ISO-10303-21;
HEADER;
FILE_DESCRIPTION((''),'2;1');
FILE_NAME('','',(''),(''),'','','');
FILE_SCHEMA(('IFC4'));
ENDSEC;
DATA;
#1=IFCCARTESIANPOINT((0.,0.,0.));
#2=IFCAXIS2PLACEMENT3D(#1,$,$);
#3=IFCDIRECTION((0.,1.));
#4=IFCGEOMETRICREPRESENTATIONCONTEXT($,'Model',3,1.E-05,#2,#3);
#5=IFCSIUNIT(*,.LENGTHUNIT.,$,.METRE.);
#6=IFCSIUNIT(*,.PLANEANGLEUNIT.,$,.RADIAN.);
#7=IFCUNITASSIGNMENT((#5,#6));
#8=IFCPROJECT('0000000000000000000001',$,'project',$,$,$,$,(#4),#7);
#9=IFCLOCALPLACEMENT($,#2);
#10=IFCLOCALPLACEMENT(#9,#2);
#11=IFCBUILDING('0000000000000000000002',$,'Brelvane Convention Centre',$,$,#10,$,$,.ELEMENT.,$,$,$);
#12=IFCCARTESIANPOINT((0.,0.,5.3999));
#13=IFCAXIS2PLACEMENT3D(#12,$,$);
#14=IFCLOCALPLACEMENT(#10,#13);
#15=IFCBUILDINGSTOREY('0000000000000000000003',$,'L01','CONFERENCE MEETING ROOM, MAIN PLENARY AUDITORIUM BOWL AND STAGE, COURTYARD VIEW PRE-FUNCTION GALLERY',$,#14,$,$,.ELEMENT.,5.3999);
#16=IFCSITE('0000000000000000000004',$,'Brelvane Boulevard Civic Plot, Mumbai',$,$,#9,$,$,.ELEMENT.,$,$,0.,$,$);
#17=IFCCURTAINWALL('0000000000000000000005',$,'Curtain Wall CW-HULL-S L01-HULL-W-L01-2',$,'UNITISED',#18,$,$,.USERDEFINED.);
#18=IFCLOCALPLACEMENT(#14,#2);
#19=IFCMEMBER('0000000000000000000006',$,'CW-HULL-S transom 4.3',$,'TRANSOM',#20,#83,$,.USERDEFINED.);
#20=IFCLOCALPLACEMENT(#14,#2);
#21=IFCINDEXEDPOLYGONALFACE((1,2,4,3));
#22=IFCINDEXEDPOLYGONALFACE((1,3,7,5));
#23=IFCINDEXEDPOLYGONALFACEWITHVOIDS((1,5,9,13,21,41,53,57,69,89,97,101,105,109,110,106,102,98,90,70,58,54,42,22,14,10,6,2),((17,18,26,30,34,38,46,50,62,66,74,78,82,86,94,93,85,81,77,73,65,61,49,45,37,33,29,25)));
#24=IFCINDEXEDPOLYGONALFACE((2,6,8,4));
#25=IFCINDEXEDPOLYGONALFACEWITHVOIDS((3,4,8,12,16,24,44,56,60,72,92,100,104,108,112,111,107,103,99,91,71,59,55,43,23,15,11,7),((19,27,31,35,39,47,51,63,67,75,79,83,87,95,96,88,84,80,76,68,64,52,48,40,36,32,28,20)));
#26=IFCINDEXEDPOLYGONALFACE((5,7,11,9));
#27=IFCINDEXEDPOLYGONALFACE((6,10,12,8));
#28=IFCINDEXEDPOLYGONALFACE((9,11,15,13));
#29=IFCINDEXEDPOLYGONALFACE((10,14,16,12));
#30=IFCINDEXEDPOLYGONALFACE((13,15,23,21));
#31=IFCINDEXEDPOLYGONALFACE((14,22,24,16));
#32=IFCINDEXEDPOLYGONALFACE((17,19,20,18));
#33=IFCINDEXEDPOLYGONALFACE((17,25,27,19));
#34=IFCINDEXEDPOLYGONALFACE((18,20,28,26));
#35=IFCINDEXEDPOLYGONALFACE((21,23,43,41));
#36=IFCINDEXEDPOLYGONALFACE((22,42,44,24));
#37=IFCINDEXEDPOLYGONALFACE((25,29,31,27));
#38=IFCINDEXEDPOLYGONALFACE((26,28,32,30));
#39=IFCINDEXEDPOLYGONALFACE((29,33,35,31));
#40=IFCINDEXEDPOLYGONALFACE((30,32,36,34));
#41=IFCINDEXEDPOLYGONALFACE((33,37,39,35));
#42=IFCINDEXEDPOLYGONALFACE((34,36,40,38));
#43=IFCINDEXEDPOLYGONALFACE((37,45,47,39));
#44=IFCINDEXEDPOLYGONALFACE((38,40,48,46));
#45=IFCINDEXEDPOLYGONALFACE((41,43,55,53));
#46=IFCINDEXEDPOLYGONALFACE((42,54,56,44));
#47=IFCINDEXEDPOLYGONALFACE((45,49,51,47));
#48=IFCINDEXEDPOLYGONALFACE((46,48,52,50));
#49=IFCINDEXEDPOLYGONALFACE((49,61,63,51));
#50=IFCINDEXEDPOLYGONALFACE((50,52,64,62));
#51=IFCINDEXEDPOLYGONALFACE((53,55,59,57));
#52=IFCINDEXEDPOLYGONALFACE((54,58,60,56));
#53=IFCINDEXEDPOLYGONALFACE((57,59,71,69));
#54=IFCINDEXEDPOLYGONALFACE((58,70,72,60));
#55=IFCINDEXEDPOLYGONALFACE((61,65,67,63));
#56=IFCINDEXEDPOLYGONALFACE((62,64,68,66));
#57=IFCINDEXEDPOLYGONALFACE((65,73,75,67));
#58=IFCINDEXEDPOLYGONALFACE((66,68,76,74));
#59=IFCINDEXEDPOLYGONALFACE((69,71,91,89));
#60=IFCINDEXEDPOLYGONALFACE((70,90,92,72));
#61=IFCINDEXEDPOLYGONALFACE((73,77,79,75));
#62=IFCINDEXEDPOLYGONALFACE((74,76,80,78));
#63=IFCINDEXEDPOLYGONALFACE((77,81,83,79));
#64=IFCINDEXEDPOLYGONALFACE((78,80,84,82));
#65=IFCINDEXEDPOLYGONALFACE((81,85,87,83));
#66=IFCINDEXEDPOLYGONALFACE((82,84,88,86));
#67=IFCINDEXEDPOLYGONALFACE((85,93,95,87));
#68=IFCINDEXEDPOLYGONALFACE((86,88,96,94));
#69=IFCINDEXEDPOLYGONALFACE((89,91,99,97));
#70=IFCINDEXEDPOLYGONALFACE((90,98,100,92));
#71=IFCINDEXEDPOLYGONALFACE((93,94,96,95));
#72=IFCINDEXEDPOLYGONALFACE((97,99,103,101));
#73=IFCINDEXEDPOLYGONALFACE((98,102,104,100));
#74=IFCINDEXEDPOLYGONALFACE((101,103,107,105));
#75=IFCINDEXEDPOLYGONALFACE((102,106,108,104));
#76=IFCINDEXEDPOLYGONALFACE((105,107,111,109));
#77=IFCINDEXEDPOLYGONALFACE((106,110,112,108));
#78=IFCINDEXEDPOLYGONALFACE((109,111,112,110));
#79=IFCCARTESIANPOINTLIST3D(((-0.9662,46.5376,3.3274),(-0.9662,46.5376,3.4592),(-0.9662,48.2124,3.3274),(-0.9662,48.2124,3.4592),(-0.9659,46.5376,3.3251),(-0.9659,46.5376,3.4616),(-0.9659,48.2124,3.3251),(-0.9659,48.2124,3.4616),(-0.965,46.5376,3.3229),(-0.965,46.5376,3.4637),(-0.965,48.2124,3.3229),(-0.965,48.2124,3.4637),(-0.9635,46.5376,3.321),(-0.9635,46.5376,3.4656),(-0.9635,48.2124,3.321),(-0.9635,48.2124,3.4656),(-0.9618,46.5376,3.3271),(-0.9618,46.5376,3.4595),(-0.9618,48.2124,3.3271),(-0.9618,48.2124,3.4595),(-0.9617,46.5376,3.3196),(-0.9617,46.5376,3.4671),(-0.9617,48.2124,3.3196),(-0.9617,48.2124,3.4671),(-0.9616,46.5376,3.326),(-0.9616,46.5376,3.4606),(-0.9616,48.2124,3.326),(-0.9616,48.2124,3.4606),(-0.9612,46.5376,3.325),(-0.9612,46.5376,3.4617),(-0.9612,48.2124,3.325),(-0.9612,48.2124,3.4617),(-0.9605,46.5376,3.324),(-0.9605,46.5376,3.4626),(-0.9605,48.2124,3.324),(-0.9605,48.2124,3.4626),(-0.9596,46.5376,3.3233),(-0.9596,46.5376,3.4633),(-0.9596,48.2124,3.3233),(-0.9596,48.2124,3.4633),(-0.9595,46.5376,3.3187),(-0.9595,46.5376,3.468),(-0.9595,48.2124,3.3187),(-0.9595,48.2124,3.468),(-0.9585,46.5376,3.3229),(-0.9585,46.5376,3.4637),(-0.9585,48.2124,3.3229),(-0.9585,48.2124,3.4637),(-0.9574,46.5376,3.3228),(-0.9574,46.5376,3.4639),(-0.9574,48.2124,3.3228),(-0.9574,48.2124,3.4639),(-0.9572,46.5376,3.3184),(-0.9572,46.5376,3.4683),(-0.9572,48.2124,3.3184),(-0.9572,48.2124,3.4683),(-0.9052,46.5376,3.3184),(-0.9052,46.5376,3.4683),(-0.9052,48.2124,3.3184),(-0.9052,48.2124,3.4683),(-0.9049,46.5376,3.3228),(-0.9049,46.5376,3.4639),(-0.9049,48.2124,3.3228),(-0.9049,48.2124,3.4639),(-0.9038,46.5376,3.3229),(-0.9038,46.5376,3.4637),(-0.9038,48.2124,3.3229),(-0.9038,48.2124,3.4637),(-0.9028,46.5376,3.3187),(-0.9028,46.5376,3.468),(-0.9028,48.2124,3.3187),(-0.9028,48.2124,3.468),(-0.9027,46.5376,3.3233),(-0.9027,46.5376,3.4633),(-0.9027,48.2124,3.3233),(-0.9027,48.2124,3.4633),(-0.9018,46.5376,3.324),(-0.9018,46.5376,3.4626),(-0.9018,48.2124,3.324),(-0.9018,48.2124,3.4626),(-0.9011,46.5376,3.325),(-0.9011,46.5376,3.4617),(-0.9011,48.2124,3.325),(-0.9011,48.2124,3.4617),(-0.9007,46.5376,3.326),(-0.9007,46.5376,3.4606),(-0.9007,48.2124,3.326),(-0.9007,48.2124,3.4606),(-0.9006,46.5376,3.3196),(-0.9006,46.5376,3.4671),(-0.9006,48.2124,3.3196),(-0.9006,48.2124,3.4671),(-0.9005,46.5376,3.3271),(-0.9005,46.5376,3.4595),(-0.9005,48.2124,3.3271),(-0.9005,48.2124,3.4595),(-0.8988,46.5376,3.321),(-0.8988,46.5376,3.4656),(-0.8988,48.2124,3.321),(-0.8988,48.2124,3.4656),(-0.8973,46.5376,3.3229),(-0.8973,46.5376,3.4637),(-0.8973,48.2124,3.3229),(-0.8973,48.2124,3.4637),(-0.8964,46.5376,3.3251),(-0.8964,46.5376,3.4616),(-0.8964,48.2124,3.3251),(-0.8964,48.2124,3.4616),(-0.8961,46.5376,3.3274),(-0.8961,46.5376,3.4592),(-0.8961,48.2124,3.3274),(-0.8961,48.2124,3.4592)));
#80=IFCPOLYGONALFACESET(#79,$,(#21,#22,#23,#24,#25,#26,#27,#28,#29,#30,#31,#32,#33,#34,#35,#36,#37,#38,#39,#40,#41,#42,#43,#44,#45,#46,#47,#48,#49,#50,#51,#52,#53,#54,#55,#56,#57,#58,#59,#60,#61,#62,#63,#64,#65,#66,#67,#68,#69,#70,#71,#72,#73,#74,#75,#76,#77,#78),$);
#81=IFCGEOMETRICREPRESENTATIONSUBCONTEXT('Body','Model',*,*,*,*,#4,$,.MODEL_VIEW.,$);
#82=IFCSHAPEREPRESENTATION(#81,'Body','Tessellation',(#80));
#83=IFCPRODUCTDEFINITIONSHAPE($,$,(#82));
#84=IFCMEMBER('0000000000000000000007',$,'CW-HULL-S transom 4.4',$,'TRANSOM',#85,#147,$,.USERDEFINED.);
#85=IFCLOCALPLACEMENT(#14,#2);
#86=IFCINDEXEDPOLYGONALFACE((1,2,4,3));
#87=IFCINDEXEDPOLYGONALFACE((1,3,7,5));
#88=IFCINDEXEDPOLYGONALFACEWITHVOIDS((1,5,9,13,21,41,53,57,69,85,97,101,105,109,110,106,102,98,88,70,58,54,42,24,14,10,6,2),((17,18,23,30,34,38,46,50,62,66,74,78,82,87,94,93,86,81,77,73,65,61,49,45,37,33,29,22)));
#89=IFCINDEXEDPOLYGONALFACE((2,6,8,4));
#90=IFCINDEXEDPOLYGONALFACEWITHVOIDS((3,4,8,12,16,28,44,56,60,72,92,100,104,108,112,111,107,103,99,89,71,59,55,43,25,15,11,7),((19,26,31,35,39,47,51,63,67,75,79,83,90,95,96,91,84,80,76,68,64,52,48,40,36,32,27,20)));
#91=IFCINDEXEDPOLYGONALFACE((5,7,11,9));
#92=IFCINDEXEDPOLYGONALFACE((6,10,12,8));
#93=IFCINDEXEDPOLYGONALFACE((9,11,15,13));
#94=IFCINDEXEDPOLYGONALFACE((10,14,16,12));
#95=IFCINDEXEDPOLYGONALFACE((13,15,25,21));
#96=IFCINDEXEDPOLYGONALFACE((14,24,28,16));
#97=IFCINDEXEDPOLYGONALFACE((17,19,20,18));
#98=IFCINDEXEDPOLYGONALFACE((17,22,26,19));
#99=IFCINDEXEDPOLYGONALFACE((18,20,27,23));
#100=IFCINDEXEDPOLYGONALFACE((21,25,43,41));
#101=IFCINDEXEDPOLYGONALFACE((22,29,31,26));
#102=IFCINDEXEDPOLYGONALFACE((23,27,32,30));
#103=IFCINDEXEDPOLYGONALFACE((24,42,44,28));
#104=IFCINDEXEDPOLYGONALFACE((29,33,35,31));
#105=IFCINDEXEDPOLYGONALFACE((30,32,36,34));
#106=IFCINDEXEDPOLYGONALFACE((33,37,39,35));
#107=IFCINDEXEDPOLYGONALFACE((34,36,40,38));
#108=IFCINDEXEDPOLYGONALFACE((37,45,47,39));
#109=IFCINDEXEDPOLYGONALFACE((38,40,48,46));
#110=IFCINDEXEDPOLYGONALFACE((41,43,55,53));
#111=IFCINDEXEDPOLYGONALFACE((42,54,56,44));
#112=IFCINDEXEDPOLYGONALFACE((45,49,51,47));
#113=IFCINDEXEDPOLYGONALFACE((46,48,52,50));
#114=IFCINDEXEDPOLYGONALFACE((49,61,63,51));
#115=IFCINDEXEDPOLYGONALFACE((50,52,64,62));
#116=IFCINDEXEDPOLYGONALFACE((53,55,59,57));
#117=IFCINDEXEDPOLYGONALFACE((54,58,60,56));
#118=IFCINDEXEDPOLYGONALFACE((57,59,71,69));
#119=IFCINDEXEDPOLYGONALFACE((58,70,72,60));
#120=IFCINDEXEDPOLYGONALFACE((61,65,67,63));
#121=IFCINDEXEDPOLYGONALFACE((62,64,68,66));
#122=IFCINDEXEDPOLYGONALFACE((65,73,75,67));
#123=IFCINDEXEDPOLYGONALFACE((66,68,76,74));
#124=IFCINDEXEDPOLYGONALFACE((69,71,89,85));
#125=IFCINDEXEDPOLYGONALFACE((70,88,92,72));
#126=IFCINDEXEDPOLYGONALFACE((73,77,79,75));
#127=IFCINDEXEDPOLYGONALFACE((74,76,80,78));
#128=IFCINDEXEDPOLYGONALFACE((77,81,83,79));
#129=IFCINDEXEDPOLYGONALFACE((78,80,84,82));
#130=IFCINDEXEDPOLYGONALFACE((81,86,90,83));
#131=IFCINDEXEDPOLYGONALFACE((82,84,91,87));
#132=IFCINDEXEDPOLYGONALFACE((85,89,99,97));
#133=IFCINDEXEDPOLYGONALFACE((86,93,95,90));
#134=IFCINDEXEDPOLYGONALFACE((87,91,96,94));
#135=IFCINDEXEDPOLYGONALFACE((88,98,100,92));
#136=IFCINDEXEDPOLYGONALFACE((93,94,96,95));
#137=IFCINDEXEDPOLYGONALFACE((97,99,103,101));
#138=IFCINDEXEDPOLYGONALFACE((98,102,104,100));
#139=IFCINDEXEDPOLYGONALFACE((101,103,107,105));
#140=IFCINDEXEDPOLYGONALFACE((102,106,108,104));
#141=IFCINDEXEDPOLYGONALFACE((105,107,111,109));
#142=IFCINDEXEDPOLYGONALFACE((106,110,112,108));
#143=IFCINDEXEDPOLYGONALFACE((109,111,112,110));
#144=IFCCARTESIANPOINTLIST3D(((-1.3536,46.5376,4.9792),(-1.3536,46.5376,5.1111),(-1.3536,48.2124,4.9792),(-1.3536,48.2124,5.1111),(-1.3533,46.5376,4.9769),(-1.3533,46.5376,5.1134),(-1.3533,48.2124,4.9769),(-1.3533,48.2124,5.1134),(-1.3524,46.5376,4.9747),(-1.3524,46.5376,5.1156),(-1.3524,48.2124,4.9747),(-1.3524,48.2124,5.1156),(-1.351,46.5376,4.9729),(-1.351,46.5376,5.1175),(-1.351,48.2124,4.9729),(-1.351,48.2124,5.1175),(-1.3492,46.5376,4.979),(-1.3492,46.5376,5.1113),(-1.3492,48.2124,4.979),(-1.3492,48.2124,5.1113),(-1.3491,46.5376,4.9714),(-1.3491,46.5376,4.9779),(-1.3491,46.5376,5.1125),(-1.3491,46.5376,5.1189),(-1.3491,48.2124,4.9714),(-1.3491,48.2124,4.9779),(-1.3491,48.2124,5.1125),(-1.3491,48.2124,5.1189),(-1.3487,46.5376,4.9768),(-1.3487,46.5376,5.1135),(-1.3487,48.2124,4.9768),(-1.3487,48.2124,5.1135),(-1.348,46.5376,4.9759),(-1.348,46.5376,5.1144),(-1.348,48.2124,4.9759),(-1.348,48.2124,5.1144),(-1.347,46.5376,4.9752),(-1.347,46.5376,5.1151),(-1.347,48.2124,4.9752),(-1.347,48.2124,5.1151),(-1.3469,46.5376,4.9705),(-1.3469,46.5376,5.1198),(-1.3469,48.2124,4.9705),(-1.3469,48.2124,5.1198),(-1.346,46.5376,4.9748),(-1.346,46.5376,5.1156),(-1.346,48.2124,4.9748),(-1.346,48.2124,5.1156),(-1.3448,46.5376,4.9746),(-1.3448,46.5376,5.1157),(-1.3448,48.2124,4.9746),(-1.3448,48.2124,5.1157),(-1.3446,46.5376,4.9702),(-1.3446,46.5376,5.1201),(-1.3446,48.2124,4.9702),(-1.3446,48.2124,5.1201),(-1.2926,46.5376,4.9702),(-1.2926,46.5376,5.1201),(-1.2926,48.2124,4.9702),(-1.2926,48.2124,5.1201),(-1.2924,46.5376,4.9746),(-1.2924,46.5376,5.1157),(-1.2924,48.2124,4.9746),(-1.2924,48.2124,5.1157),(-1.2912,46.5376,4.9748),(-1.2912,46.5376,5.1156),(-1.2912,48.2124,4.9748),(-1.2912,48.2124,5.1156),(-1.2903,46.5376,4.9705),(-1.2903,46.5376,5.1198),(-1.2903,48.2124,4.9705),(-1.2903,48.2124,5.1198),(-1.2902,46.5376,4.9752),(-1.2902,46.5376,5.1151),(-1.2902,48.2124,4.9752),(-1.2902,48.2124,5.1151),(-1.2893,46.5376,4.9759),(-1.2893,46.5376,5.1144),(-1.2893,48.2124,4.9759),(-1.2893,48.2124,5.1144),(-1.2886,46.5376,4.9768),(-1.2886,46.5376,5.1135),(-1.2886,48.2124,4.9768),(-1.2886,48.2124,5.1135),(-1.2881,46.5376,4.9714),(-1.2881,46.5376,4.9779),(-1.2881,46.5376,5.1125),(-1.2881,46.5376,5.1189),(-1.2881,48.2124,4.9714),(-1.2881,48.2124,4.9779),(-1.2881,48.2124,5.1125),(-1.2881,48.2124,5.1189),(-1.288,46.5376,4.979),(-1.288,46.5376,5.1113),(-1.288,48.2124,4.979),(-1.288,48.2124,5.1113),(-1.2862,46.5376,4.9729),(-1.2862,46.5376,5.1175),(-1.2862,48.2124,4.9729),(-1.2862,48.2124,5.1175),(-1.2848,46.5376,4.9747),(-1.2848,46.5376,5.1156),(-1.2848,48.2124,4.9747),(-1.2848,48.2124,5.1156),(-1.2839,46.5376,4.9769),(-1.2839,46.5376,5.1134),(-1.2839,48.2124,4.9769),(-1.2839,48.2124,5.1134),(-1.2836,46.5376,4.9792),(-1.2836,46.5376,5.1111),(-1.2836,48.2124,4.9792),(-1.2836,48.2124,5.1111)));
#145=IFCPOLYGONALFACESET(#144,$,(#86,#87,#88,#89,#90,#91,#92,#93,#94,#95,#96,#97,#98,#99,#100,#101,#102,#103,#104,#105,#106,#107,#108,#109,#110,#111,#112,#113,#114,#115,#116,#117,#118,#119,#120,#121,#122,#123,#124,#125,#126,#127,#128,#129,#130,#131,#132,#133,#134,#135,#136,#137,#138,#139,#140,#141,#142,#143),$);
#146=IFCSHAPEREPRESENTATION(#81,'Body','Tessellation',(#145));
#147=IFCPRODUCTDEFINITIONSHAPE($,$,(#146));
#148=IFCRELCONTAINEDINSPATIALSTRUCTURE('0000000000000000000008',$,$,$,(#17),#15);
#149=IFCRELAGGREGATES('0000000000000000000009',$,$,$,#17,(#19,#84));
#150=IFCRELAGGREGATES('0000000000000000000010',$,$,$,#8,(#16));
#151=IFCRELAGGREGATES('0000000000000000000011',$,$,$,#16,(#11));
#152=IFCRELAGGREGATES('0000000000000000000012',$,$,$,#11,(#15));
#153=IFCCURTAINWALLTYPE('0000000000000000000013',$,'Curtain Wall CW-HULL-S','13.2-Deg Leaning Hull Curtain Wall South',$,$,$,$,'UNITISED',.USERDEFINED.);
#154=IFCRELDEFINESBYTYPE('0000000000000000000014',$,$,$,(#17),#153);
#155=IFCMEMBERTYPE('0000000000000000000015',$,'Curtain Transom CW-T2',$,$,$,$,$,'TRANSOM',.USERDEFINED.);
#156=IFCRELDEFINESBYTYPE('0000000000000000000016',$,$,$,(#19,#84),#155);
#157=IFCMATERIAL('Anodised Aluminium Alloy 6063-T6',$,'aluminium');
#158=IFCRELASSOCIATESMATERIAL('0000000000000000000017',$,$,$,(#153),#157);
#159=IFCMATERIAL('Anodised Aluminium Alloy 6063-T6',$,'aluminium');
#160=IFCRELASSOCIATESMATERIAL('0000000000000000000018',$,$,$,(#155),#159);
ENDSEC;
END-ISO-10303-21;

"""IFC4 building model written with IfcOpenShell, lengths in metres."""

from ifc_helpers import new_model, si_unit, direction, frame, origin, origin_2d, place, context, subcontext, project, spatial, hollow_rectangle, extrude, material, material_profile, profile_set, type_object, element, aggregate, save


model = new_model("IFC4")

# Units and contexts
model_context = context("Model", 3, precision=1e-05, world=origin(), true_north=direction((0.0, 1.0)))
body_context = subcontext(model_context, "Body", "Model", "MODEL_VIEW")
ifc_project = project(units=[si_unit("LENGTHUNIT", "METRE"), si_unit("PLANEANGLEUNIT", "RADIAN")], contexts=[model_context])

# Site, building, storey
site_placement = place(None, origin())
site = spatial("IfcSite", under=ifc_project, at=site_placement, Name="Brelvane Boulevard Civic Plot, Mumbai", CompositionType="ELEMENT", RefElevation=0.0)
building_placement = place(site_placement, origin())
building = spatial("IfcBuilding", under=site, at=building_placement, Name="Brelvane Convention Centre", CompositionType="ELEMENT")
storey_placement = place(building_placement, frame((0.0, 0.0, 5.3999)))
storey = spatial("IfcBuildingStorey", under=building, at=storey_placement, Name="L01", Description="CONFERENCE MEETING ROOM, MAIN PLENARY AUDITORIUM BOWL AND STAGE, COURTYARD VIEW PRE-FUNCTION GALLERY", CompositionType="ELEMENT", Elevation=5.3999)

# Curtain wall, members
ifc_material_1 = material(Name="Anodised Aluminium Alloy 6063-T6", Category="aluminium")
curtain_wall_type = type_object("IfcCurtainWallType", Name="Curtain Wall CW-HULL-S", Description="13.2-Deg Leaning Hull Curtain Wall South", ElementType="UNITISED", PredefinedType="USERDEFINED", material=ifc_material_1)
curtain_wall_placement = place(storey_placement, origin())
curtain_wall = element("IfcCurtainWall", 1, at=curtain_wall_placement, inside=storey, type_object=curtain_wall_type, Name="Curtain Wall CW-HULL-S L01-HULL-W-L01-2", ObjectType="UNITISED", PredefinedType="USERDEFINED")
ifc_material_2 = material(Name="Anodised Aluminium Alloy 6063-T6", Category="aluminium")
ifc_material_profile_1 = material_profile(ifc_material_2, hollow_rectangle(XDim=0.0701, YDim=0.1499, WallThickness=0.0044, InnerFilletRadius=0.0044, OuterFilletRadius=0.009, at=origin_2d()), Name="ALU-T 150x70x4.5")
ifc_profile_set_1 = profile_set([ifc_material_profile_1], Name="Anodised Aluminium Alloy 6063-T6")
member_type_1 = type_object("IfcMemberType", Name="Curtain Transom CW-T2", ElementType="TRANSOM", PredefinedType="USERDEFINED", material=ifc_profile_set_1)
member_1_placement = place(storey_placement, frame((-0.9312, 46.5376, 3.3933), z_axis=(0.0, 1.0, 0.0), x_axis=(-1.0, 0.0, 0.0)))
member_1 = element("IfcMember", 2, at=member_1_placement, type_object=member_type_1, Name="CW-HULL-S transom 4.3", ObjectType="TRANSOM", PredefinedType="USERDEFINED", context=body_context, shape_type="SweptSolid", body=[
    extrude(hollow_rectangle(XDim=0.0701, YDim=0.1499, WallThickness=0.0044, InnerFilletRadius=0.0044, OuterFilletRadius=0.009, at=origin_2d()), origin(), (0.0, 0.0, 1.0), 1.6748),
])
member_2_placement = place(storey_placement, frame((-1.3186, 46.5376, 5.0452), z_axis=(0.0, 1.0, 0.0), x_axis=(-1.0, 0.0, 0.0)))
member_2 = element("IfcMember", 3, at=member_2_placement, type_object=member_type_1, Name="CW-HULL-S transom 4.4", ObjectType="TRANSOM", PredefinedType="USERDEFINED", context=body_context, shape_type="SweptSolid", body=[
    extrude(hollow_rectangle(XDim=0.0701, YDim=0.1499, WallThickness=0.0044, InnerFilletRadius=0.0044, OuterFilletRadius=0.009, at=origin_2d()), origin(), (0.0, 0.0, 1.0), 1.6748),
])
aggregate(curtain_wall, [member_1, member_2])

save(model, "model.ifc")
